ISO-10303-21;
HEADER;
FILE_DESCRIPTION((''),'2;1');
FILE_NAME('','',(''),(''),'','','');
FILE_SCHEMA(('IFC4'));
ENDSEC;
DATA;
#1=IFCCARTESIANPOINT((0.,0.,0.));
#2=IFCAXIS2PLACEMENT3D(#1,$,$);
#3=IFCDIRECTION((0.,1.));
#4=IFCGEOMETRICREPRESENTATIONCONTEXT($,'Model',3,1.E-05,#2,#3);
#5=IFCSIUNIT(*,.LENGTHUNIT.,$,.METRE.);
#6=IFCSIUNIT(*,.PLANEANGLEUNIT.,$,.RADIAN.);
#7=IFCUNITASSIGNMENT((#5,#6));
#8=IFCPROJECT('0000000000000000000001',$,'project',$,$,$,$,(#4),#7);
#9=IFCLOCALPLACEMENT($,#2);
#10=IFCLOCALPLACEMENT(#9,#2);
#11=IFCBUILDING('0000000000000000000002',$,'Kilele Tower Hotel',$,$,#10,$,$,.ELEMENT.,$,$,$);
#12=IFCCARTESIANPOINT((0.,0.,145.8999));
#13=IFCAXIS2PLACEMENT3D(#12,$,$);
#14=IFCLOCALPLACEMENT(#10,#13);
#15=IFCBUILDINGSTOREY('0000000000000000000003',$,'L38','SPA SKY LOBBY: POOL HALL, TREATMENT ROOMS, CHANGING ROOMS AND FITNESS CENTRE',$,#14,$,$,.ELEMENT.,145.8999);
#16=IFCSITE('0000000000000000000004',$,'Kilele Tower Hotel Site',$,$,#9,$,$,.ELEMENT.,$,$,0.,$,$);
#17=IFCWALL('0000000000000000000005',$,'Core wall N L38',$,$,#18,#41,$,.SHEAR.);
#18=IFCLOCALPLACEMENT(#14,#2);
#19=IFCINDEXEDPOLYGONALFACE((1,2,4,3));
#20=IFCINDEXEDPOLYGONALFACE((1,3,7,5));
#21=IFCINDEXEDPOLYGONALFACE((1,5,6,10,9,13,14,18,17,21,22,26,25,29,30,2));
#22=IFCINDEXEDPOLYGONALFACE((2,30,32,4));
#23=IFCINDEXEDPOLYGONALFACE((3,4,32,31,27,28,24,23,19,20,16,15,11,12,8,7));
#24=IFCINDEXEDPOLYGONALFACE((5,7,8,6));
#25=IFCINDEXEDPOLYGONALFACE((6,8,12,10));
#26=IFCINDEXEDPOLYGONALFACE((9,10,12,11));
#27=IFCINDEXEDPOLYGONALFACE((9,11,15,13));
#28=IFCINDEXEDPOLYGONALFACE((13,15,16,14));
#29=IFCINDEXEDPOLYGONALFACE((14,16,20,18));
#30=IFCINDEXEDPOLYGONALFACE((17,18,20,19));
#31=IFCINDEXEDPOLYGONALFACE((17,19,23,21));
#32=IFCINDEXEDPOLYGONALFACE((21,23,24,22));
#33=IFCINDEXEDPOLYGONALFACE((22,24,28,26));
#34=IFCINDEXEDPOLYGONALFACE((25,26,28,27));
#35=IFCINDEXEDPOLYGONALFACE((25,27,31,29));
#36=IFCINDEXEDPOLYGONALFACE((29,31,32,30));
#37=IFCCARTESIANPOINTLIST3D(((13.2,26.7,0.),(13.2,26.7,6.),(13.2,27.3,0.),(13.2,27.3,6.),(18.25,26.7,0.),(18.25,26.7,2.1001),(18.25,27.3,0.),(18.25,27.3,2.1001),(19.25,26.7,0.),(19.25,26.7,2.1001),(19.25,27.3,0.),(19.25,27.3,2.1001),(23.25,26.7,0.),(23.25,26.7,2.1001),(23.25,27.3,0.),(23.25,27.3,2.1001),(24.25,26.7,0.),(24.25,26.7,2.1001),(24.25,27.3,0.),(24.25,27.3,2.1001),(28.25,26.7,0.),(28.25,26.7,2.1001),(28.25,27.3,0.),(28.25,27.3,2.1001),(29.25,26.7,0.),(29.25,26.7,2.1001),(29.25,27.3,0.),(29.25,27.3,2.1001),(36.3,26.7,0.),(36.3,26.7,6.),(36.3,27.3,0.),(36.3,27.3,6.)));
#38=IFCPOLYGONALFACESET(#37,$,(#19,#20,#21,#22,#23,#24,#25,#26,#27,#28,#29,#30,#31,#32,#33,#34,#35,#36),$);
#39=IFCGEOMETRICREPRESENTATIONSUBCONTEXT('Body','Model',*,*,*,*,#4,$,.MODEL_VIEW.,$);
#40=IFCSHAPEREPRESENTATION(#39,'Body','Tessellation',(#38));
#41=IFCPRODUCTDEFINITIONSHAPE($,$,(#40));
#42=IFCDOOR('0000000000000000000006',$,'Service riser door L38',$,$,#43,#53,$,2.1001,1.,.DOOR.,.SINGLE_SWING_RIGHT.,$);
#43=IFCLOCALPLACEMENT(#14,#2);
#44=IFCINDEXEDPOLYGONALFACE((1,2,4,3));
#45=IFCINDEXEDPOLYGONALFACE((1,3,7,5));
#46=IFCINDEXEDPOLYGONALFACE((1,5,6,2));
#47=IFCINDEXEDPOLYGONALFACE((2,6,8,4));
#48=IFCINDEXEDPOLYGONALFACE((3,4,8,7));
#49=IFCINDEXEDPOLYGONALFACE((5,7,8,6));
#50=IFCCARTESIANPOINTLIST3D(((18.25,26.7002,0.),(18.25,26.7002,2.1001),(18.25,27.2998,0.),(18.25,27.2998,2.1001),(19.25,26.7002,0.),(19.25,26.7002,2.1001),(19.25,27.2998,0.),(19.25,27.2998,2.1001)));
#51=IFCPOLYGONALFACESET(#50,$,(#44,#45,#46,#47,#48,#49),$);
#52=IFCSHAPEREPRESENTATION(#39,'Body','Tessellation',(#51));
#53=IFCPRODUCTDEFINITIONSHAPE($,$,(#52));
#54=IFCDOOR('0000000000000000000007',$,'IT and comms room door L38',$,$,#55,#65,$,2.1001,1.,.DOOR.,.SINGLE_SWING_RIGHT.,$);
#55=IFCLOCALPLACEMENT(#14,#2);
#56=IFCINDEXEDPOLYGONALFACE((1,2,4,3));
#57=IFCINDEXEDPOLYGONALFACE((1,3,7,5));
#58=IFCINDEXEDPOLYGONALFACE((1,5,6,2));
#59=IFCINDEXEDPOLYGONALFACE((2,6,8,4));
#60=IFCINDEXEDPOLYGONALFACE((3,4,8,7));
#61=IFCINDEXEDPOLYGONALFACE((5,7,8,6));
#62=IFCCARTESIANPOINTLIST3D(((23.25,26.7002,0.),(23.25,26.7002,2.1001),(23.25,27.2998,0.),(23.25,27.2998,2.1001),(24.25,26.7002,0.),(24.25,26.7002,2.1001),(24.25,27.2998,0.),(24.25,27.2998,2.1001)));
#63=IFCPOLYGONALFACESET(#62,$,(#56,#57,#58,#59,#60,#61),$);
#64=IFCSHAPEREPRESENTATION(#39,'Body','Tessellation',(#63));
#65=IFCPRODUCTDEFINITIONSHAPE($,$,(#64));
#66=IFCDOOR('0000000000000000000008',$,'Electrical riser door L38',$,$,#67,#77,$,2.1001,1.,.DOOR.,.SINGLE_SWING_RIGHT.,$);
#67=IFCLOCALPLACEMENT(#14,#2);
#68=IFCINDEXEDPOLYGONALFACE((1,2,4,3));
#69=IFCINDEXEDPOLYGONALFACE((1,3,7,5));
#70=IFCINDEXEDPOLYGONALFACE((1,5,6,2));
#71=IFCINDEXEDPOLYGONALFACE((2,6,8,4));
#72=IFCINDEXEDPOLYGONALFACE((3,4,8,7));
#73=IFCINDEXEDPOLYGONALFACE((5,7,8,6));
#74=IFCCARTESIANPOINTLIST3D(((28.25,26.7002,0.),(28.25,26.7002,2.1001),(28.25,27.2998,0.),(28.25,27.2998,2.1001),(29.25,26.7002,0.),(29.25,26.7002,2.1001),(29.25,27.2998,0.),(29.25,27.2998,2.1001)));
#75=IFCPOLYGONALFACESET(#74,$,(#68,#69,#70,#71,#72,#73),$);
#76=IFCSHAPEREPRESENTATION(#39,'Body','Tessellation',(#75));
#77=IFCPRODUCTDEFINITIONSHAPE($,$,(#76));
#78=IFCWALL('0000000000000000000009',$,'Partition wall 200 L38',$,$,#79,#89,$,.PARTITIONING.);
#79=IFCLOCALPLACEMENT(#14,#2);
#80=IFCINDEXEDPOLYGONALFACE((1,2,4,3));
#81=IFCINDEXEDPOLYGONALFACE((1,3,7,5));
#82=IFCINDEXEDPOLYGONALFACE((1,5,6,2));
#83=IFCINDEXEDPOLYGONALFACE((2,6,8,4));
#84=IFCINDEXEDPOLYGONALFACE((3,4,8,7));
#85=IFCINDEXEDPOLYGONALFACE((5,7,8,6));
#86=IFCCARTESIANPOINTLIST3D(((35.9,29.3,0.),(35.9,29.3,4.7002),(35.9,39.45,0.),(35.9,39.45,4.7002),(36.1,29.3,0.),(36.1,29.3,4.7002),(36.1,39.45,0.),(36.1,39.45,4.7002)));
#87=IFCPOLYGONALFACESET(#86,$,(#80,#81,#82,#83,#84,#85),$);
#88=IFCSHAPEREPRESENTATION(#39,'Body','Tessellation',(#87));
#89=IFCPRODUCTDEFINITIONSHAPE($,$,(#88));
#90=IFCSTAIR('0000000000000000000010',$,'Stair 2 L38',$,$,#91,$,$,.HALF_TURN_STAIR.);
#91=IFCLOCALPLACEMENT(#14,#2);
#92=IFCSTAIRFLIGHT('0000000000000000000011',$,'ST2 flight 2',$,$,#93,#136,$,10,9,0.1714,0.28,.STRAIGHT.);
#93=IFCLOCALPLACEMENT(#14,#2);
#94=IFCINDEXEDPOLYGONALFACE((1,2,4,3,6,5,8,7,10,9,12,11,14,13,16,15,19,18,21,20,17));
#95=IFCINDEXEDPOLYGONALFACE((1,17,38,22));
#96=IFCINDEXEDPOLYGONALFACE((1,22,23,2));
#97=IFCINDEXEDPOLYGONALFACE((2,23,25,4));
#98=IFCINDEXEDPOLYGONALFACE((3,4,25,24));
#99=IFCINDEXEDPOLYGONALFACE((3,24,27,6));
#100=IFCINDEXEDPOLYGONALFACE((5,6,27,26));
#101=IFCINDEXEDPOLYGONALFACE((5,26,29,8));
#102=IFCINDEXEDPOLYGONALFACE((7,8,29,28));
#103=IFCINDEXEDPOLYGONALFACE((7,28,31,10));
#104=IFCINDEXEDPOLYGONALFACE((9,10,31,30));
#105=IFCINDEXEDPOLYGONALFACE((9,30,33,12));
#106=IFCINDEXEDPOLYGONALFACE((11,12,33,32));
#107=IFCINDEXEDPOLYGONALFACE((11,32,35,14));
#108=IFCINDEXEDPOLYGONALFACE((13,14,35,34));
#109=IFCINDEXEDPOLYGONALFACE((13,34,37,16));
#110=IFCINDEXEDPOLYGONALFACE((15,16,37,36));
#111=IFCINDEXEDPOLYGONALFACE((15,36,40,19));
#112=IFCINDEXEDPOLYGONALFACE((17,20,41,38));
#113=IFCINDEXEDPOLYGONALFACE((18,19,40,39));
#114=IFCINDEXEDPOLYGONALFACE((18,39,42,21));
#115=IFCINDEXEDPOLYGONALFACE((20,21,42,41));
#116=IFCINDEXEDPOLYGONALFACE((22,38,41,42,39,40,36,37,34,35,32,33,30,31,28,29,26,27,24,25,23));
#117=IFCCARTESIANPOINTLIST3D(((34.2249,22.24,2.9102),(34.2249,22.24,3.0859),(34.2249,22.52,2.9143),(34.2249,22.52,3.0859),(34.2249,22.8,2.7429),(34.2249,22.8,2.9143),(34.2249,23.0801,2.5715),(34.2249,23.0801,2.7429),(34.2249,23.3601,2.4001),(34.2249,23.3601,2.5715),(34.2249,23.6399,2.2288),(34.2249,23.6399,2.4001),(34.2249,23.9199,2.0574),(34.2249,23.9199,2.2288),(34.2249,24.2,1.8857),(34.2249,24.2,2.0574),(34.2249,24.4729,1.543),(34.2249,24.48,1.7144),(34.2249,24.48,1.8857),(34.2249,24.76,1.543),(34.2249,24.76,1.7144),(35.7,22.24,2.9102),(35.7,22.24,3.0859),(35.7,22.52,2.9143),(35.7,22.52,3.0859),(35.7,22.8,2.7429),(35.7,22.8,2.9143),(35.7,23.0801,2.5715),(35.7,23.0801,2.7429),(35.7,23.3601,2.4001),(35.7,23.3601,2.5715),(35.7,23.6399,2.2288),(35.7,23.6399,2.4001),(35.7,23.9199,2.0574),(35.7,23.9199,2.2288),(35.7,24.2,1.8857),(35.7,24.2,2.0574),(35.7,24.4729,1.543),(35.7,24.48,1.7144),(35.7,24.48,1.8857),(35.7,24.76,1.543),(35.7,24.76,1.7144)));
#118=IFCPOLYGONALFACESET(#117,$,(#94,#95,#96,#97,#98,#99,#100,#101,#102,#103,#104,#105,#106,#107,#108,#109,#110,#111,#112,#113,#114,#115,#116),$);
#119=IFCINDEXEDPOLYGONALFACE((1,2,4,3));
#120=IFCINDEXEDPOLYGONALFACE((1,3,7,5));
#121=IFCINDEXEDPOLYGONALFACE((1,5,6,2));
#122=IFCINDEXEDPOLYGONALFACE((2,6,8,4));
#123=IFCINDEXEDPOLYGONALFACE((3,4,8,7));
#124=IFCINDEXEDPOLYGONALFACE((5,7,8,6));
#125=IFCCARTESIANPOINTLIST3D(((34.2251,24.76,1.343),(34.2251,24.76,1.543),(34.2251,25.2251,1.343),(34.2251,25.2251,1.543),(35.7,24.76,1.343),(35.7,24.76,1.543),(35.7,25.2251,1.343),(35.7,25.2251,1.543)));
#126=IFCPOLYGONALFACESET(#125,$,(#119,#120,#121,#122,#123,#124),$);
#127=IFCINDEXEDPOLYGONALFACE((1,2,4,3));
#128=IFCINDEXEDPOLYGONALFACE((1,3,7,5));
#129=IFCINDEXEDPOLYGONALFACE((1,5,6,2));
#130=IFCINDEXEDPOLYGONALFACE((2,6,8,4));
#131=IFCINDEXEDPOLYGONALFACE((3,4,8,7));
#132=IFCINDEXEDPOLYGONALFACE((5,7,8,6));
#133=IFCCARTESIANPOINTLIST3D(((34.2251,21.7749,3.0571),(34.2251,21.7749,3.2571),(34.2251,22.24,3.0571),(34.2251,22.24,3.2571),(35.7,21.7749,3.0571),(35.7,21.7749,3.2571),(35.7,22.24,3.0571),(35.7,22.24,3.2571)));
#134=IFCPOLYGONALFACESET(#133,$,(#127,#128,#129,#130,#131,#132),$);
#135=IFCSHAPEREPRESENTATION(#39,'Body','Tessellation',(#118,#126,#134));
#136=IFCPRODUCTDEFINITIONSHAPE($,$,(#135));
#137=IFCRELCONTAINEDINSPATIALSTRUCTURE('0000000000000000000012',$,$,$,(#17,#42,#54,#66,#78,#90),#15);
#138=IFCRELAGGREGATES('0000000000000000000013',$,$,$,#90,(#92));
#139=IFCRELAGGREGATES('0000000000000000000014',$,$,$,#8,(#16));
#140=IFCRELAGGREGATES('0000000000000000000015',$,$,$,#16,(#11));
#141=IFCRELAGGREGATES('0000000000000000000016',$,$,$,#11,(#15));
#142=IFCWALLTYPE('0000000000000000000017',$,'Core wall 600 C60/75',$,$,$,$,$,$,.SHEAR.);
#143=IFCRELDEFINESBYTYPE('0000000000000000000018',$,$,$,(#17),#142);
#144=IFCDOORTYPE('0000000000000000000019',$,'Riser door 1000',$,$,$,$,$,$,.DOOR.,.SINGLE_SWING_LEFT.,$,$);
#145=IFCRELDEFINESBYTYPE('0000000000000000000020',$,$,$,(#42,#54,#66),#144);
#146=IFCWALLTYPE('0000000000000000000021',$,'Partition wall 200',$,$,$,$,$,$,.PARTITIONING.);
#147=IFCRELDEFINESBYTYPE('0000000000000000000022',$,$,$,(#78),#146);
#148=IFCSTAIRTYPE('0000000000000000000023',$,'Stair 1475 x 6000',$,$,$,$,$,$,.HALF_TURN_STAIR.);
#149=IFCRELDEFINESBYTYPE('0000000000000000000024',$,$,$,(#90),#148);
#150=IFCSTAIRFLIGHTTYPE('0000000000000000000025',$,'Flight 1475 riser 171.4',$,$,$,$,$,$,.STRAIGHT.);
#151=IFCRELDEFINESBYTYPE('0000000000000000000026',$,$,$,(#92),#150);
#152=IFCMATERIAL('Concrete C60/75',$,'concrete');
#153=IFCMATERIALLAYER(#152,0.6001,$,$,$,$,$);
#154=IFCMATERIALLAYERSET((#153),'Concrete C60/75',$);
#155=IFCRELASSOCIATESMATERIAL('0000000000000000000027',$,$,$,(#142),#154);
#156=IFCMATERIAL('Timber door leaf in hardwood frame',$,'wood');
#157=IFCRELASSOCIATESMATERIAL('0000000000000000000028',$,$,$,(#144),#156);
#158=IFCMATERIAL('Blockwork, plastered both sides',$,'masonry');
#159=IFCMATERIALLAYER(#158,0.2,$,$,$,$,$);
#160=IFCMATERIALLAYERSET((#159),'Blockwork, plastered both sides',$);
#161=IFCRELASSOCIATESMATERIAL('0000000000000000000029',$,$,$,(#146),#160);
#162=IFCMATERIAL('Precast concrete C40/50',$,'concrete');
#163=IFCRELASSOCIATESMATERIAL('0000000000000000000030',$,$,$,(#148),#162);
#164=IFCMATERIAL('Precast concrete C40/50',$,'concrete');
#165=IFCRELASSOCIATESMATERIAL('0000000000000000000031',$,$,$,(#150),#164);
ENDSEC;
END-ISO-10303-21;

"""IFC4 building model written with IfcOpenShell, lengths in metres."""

from ifc_helpers import new_model, si_unit, direction, frame, frame_2d, origin, place, context, subcontext, project, spatial, polyline, rectangle, outline, extrude, material, layer, layer_set, type_object, element, fill, aggregate, save


model = new_model("IFC4")

# Units and contexts
model_context = context("Model", 3, precision=1e-05, world=origin(), true_north=direction((0.0, 1.0)))
body_context = subcontext(model_context, "Body", "Model", "MODEL_VIEW")
ifc_project = project(units=[si_unit("LENGTHUNIT", "METRE"), si_unit("PLANEANGLEUNIT", "RADIAN")], contexts=[model_context])

# Site, building, storey
site_placement = place(None, origin())
site = spatial("IfcSite", under=ifc_project, at=site_placement, Name="Kilele Tower Hotel Site", CompositionType="ELEMENT", RefElevation=0.0)
building_placement = place(site_placement, origin())
building = spatial("IfcBuilding", under=site, at=building_placement, Name="Kilele Tower Hotel", CompositionType="ELEMENT")
storey_placement = place(building_placement, frame((0.0, 0.0, 145.8999)))
storey = spatial("IfcBuildingStorey", under=building, at=storey_placement, Name="L38", Description="SPA SKY LOBBY: POOL HALL, TREATMENT ROOMS, CHANGING ROOMS AND FITNESS CENTRE", CompositionType="ELEMENT", Elevation=145.8999)

# Wall, openings, doors
ifc_material_1 = material(Name="Concrete C60/75", Category="concrete")
ifc_layer_1 = layer(ifc_material_1, 0.6001)
ifc_layer_set_1 = layer_set([ifc_layer_1], Name="Concrete C60/75")
wall_type_1 = type_object("IfcWallType", Name="Core wall 600 C60/75", PredefinedType="SHEAR", material=ifc_layer_set_1)
wall_1_placement = place(storey_placement, frame((36.3, 27.0, 0.0), z_axis=(0.0, 0.0, 1.0), x_axis=(-1.0, 0.0, 0.0)))
wall_1 = element("IfcWall", 1, at=wall_1_placement, inside=storey, type_object=wall_type_1, Name="Core wall N L38", PredefinedType="SHEAR", context=body_context, shape_type="SweptSolid", body=[
    extrude(rectangle(XDim=23.1001, YDim=0.6001, at=frame_2d((11.55, 0.0))), origin(), (0.0, 0.0, 1.0), 6.0),
])
opening_1_placement = place(wall_1_placement, frame((17.05, 0.0, 0.0)))
opening_1 = element("IfcOpeningElement", 2, at=opening_1_placement, cuts=wall_1, PredefinedType="OPENING", context=body_context, shape_type="SweptSolid", body=[
    extrude(rectangle(XDim=1.0, YDim=2.1001, at=frame_2d((0.5, 1.05))), frame((0.0, 0.3101, 0.0), z_axis=(0.0, -1.0, 0.0), x_axis=(1.0, 0.0, 0.0)), (0.0, 0.0, 1.0), 0.6201),
])
opening_2_placement = place(wall_1_placement, frame((12.05, 0.0, 0.0)))
opening_2 = element("IfcOpeningElement", 3, at=opening_2_placement, cuts=wall_1, PredefinedType="OPENING", context=body_context, shape_type="SweptSolid", body=[
    extrude(rectangle(XDim=1.0, YDim=2.1001, at=frame_2d((0.5, 1.05))), frame((0.0, 0.3101, 0.0), z_axis=(0.0, -1.0, 0.0), x_axis=(1.0, 0.0, 0.0)), (0.0, 0.0, 1.0), 0.6201),
])
opening_3_placement = place(wall_1_placement, frame((7.05, 0.0, 0.0)))
opening_3 = element("IfcOpeningElement", 4, at=opening_3_placement, cuts=wall_1, PredefinedType="OPENING", context=body_context, shape_type="SweptSolid", body=[
    extrude(rectangle(XDim=1.0, YDim=2.1001, at=frame_2d((0.5, 1.05))), frame((0.0, 0.3101, 0.0), z_axis=(0.0, -1.0, 0.0), x_axis=(1.0, 0.0, 0.0)), (0.0, 0.0, 1.0), 0.6201),
])
ifc_material_2 = material(Name="Timber door leaf in hardwood frame", Category="wood")
door_type = type_object("IfcDoorType", Name="Riser door 1000", OperationType="SINGLE_SWING_LEFT", PredefinedType="DOOR", material=ifc_material_2)
door_1_placement = place(opening_1_placement, origin())
door_1 = element("IfcDoor", 5, at=door_1_placement, inside=storey, type_object=door_type, Name="Service riser door L38", OperationType="SINGLE_SWING_RIGHT", OverallHeight=2.1001, OverallWidth=1.0, PredefinedType="DOOR", context=body_context, shape_type="SweptSolid", body=[
    extrude(rectangle(XDim=1.0, YDim=2.1001, at=frame_2d((0.5, 1.05))), frame((0.0, 0.2998, 0.0), z_axis=(0.0, -1.0, 0.0), x_axis=(1.0, 0.0, 0.0)), (0.0, 0.0, 1.0), 0.5996),
])
fill(opening_1, door_1)
door_2_placement = place(opening_2_placement, origin())
door_2 = element("IfcDoor", 6, at=door_2_placement, inside=storey, type_object=door_type, Name="IT and comms room door L38", OperationType="SINGLE_SWING_RIGHT", OverallHeight=2.1001, OverallWidth=1.0, PredefinedType="DOOR", context=body_context, shape_type="SweptSolid", body=[
    extrude(rectangle(XDim=1.0, YDim=2.1001, at=frame_2d((0.5, 1.05))), frame((0.0, 0.2998, 0.0), z_axis=(0.0, -1.0, 0.0), x_axis=(1.0, 0.0, 0.0)), (0.0, 0.0, 1.0), 0.5996),
])
fill(opening_2, door_2)
door_3_placement = place(opening_3_placement, origin())
door_3 = element("IfcDoor", 7, at=door_3_placement, inside=storey, type_object=door_type, Name="Electrical riser door L38", OperationType="SINGLE_SWING_RIGHT", OverallHeight=2.1001, OverallWidth=1.0, PredefinedType="DOOR", context=body_context, shape_type="SweptSolid", body=[
    extrude(rectangle(XDim=1.0, YDim=2.1001, at=frame_2d((0.5, 1.05))), frame((0.0, 0.2998, 0.0), z_axis=(0.0, -1.0, 0.0), x_axis=(1.0, 0.0, 0.0)), (0.0, 0.0, 1.0), 0.5996),
])
fill(opening_3, door_3)

# Wall
ifc_material_3 = material(Name="Blockwork, plastered both sides", Category="masonry")
ifc_layer_2 = layer(ifc_material_3, 0.2)
ifc_layer_set_2 = layer_set([ifc_layer_2], Name="Blockwork, plastered both sides")
wall_type_2 = type_object("IfcWallType", Name="Partition wall 200", PredefinedType="PARTITIONING", material=ifc_layer_set_2)
wall_2_placement = place(storey_placement, frame((36.0, 29.3, 0.0), z_axis=(0.0, 0.0, 1.0), x_axis=(0.0, 1.0, 0.0)))
element("IfcWall", 8, at=wall_2_placement, inside=storey, type_object=wall_type_2, Name="Partition wall 200 L38", PredefinedType="PARTITIONING", context=body_context, shape_type="SweptSolid", body=[
    extrude(rectangle(XDim=10.1499, YDim=0.2, at=frame_2d((5.075, 0.0))), origin(), (0.0, 0.0, 1.0), 4.7002),
])

# Stair, stair flight
ifc_material_4 = material(Name="Precast concrete C40/50", Category="concrete")
stair_type = type_object("IfcStairType", Name="Stair 1475 x 6000", PredefinedType="HALF_TURN_STAIR", material=ifc_material_4)
stair_placement = place(storey_placement, origin())
stair = element("IfcStair", 9, at=stair_placement, inside=storey, type_object=stair_type, Name="Stair 2 L38", PredefinedType="HALF_TURN_STAIR")
ifc_material_5 = material(Name="Precast concrete C40/50", Category="concrete")
stair_flight_type = type_object("IfcStairFlightType", Name="Flight 1475 riser 171.4", PredefinedType="STRAIGHT", material=ifc_material_5)
stair_flight_placement = place(storey_placement, frame((34.9624, 24.76, 1.543), z_axis=(0.0, 0.0, 1.0), x_axis=(0.0, -1.0, 0.0)))
stair_flight = element("IfcStairFlight", 10, at=stair_flight_placement, type_object=stair_flight_type, Name="ST2 flight 2", NumberOfRisers=10, NumberOfTreads=9, PredefinedType="STRAIGHT", RiserHeight=0.1714, TreadLength=0.28, context=body_context, shape_type="SweptSolid", body=[
    extrude(outline(polyline([(0.0, 0.0), (0.0, 0.1714), (0.28, 0.1714), (0.28, 0.3428), (0.5601, 0.3428), (0.5601, 0.5144), (0.8401, 0.5144), (0.8401, 0.6858), (1.1201, 0.6858), (1.1201, 0.8572), (1.3999, 0.8572), (1.3999, 1.0286), (1.6799, 1.0286), (1.6799, 1.2), (1.96, 1.2), (1.96, 1.3713), (2.24, 1.3713), (2.24, 1.543), (2.52, 1.543), (2.52, 1.7144), (2.52, 1.3672), (0.2871, 0.0), (0.0, 0.0)])), frame((0.0, 0.7375, 0.0), z_axis=(0.0, -1.0, 0.0), x_axis=(1.0, 0.0, 0.0)), (0.0, 0.0, 1.0), 1.4751),
    extrude(outline(polyline([(0.0, -0.7373), (0.0, 0.7375), (-0.4651, 0.7375), (-0.4651, -0.7373), (0.0, -0.7373)])), frame((0.0, 0.0, -0.2)), (0.0, 0.0, 1.0), 0.2),
    extrude(outline(polyline([(2.9851, -0.7373), (2.9851, 0.7375), (2.52, 0.7375), (2.52, -0.7373), (2.9851, -0.7373)])), frame((0.0, 0.0, 1.5142)), (0.0, 0.0, 1.0), 0.2),
])
aggregate(stair, [stair_flight])

save(model, "model.ifc")
